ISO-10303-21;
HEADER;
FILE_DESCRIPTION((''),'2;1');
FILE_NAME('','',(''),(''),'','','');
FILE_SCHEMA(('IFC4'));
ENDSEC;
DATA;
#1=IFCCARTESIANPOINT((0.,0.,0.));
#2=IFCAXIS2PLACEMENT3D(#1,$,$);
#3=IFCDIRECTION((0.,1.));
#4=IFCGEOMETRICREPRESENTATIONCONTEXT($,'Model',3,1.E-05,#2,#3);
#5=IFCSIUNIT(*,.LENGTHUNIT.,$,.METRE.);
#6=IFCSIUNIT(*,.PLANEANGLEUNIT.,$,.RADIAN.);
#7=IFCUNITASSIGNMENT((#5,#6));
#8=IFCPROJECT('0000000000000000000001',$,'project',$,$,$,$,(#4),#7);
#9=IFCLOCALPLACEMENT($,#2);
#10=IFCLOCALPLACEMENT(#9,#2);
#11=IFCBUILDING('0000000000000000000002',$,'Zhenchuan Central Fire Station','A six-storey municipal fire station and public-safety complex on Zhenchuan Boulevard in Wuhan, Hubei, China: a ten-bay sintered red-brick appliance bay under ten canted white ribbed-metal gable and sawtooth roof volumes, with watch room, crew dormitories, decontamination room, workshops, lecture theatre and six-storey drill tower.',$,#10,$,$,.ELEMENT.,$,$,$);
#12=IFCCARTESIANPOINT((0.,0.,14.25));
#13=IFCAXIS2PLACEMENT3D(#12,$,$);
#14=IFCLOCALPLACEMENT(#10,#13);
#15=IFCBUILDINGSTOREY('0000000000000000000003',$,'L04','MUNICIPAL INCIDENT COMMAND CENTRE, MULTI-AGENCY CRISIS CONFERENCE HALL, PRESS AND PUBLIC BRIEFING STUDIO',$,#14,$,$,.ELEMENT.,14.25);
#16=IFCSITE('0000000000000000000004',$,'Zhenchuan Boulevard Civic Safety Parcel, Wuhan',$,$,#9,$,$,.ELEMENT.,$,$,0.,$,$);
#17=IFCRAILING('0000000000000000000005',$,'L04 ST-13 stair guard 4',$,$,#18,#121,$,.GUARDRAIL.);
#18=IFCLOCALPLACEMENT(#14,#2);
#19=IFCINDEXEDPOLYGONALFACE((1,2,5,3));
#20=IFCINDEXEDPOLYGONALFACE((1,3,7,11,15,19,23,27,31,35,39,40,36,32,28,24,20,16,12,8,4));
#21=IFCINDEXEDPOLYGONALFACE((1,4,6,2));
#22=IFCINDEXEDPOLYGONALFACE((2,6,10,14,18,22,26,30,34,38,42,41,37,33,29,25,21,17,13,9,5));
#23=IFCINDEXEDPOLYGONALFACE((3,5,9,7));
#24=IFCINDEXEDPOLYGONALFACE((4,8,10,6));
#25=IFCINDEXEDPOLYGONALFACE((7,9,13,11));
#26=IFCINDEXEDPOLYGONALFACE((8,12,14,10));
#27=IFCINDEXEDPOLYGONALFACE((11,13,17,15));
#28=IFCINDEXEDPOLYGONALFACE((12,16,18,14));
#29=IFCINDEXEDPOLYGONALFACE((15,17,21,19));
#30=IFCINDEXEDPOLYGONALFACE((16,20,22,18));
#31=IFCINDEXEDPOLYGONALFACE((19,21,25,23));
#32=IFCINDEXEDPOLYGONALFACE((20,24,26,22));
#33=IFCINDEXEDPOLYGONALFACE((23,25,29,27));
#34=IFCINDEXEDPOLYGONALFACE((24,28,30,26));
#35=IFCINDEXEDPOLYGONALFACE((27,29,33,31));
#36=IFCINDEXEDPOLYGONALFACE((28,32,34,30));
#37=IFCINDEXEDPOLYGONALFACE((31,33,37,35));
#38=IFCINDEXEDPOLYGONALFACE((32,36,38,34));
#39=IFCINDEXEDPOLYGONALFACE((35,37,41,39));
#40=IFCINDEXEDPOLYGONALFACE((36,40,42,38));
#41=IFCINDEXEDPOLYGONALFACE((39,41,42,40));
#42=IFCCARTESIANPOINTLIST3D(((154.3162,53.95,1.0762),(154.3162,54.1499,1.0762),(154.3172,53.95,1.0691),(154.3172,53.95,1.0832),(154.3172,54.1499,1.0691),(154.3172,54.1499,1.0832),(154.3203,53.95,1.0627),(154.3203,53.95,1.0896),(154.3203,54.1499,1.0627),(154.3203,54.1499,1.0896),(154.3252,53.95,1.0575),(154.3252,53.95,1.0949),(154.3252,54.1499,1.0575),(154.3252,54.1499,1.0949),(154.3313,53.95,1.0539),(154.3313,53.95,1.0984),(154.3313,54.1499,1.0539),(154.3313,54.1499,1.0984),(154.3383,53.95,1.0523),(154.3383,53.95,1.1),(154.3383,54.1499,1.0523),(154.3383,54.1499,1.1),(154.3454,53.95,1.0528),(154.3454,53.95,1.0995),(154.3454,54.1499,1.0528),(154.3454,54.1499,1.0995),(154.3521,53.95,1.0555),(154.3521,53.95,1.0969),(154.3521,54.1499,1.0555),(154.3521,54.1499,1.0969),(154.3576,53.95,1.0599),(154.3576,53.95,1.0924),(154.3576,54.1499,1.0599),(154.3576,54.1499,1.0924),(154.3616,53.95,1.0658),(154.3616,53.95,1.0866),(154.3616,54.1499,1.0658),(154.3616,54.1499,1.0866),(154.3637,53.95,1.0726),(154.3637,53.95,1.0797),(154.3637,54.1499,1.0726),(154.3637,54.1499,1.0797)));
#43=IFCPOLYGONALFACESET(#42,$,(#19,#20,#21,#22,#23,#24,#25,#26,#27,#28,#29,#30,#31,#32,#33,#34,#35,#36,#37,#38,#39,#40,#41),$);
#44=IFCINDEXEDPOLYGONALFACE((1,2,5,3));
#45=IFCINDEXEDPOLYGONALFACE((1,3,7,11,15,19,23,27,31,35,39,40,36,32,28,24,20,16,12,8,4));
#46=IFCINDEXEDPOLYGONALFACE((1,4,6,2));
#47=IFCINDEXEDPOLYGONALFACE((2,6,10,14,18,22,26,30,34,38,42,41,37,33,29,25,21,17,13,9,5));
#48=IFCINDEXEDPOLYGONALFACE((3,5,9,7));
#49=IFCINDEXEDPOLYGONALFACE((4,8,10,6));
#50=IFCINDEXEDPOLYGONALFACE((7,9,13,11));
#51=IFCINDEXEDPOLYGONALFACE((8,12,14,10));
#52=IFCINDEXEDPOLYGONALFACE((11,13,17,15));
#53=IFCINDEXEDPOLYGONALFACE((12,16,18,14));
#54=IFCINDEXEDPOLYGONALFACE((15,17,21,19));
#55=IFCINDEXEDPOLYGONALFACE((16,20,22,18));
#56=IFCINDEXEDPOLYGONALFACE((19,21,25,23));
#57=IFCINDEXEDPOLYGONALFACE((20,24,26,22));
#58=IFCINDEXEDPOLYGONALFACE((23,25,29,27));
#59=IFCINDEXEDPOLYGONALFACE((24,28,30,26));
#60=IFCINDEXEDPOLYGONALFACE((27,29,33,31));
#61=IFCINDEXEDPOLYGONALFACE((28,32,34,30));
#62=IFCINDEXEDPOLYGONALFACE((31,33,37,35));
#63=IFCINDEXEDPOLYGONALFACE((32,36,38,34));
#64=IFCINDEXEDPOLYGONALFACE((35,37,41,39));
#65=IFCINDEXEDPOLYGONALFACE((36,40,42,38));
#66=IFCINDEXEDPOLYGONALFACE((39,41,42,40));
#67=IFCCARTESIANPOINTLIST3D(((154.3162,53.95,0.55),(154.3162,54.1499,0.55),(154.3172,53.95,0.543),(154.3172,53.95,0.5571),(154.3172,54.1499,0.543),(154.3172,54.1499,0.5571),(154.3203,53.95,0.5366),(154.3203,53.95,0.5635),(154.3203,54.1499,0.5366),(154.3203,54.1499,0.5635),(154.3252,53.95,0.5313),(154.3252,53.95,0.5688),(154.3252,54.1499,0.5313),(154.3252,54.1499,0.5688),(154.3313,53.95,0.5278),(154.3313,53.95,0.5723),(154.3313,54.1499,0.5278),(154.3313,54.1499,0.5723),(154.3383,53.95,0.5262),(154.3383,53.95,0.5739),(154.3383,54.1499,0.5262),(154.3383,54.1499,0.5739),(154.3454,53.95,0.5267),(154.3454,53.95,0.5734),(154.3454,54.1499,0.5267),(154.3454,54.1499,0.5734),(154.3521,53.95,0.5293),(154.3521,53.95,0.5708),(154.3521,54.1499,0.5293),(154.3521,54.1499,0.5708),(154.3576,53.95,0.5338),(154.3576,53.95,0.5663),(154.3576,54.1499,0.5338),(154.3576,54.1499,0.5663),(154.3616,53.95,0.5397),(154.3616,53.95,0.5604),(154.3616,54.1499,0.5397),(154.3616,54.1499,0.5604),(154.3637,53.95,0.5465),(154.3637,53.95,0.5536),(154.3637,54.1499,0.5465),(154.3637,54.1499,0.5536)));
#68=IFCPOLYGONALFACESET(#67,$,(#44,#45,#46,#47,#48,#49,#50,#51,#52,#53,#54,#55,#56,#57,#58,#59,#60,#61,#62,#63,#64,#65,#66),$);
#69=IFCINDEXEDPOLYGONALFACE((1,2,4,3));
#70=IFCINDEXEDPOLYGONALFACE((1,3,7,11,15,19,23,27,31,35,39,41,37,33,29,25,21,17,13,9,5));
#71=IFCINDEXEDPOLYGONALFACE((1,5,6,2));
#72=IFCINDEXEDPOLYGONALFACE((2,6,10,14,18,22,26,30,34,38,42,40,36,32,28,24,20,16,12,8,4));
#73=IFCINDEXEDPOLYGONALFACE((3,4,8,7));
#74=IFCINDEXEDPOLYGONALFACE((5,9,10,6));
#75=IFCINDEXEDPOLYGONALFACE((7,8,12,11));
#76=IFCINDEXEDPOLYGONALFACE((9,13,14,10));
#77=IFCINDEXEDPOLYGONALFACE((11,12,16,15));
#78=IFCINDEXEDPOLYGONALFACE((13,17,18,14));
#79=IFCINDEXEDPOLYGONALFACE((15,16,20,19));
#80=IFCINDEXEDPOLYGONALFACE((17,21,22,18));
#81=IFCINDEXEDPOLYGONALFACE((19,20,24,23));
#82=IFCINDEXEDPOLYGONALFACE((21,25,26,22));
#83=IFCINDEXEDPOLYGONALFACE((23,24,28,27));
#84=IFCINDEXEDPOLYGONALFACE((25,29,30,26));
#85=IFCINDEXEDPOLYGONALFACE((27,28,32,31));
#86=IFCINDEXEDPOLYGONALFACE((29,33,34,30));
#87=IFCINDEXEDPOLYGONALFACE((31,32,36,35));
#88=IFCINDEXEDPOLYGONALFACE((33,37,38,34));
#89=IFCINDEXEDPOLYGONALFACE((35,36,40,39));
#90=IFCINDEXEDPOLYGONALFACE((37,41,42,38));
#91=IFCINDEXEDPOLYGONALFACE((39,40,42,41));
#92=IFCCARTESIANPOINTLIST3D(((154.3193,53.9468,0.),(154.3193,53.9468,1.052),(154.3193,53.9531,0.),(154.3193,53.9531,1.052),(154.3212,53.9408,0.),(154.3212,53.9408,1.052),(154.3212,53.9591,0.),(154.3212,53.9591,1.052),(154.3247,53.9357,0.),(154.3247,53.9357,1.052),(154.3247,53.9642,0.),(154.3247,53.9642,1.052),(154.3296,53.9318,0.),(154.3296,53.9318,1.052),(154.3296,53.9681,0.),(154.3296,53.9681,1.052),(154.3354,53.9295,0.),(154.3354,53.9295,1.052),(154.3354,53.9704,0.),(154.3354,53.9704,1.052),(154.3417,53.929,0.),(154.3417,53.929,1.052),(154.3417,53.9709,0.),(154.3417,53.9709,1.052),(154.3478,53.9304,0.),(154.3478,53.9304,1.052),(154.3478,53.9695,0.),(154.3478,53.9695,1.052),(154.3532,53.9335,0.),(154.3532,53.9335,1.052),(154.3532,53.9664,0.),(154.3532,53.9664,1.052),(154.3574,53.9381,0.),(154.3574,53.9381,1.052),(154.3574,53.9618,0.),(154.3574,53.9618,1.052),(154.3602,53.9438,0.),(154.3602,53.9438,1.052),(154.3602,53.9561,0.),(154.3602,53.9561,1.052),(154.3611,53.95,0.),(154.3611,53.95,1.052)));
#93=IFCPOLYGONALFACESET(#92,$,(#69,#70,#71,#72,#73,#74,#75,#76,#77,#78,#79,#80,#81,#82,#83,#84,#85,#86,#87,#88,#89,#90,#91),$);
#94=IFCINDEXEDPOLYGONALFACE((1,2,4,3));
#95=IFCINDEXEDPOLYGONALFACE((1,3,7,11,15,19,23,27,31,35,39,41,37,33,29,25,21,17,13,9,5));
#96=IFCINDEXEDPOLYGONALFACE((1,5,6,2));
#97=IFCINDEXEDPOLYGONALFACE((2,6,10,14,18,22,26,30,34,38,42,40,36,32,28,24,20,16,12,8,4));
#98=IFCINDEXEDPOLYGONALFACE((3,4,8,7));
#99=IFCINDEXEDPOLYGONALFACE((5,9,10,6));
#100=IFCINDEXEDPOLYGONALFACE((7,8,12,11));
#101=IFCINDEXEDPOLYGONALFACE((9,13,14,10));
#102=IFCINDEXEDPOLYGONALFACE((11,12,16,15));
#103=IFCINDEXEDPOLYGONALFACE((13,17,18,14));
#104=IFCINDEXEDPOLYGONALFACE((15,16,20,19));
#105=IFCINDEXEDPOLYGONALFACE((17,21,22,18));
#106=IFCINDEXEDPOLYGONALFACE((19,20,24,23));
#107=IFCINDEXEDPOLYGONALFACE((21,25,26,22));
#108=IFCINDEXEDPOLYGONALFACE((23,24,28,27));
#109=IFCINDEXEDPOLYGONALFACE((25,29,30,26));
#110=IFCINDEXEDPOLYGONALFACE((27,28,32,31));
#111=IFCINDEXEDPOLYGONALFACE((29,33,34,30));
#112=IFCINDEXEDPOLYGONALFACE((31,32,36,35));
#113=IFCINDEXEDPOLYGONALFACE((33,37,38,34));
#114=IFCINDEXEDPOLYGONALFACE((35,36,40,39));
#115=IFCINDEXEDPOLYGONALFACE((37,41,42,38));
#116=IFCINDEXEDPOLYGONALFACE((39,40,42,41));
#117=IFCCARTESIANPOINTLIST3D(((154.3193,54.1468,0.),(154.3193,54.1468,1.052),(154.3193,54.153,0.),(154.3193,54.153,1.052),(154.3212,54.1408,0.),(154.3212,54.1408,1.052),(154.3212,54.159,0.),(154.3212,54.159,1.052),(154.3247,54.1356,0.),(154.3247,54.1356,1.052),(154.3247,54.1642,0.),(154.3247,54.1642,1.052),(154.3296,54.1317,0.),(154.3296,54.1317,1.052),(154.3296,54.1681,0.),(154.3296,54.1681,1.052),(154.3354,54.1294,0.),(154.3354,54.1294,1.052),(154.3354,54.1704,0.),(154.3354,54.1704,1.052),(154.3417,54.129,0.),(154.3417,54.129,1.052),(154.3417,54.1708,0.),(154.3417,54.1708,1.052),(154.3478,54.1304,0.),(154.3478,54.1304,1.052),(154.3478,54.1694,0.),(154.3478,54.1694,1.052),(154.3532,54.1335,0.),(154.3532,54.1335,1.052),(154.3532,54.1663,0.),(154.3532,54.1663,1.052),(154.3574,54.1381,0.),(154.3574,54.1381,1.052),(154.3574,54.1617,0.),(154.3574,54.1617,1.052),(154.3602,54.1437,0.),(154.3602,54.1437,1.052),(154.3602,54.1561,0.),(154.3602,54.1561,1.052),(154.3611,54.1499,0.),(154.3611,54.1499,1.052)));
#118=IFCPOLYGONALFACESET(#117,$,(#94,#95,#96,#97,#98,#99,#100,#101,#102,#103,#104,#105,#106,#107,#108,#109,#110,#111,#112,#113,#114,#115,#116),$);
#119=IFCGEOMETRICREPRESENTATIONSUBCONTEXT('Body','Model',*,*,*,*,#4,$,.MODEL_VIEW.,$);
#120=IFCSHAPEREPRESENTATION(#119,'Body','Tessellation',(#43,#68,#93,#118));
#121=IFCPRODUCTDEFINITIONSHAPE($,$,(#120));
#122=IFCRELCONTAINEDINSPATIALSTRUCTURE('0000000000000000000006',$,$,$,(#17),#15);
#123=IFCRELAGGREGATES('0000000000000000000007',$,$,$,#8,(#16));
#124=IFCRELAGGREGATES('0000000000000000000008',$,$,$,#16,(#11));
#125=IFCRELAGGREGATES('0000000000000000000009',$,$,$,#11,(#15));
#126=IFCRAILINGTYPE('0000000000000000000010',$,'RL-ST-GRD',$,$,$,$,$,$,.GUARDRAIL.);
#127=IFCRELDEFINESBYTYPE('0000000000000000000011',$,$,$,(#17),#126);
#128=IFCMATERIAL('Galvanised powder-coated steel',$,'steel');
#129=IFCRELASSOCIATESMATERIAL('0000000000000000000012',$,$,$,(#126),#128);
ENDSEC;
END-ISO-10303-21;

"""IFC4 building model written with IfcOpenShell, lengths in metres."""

from ifc_helpers import new_model, si_unit, direction, frame, origin, origin_2d, place, context, subcontext, project, spatial, circle, extrude, material, type_object, element, save


model = new_model("IFC4")

# Units and contexts
model_context = context("Model", 3, precision=1e-05, world=origin(), true_north=direction((0.0, 1.0)))
body_context = subcontext(model_context, "Body", "Model", "MODEL_VIEW")
ifc_project = project(units=[si_unit("LENGTHUNIT", "METRE"), si_unit("PLANEANGLEUNIT", "RADIAN")], contexts=[model_context])

# Site, building, storey
site_placement = place(None, origin())
site = spatial("IfcSite", under=ifc_project, at=site_placement, Name="Zhenchuan Boulevard Civic Safety Parcel, Wuhan", CompositionType="ELEMENT", RefElevation=0.0)
building_placement = place(site_placement, origin())
building = spatial("IfcBuilding", under=site, at=building_placement, Name="Zhenchuan Central Fire Station", Description="A six-storey municipal fire station and public-safety complex on Zhenchuan Boulevard in Wuhan, Hubei, China: a ten-bay sintered red-brick appliance bay under ten canted white ribbed-metal gable and sawtooth roof volumes, with watch room, crew dormitories, decontamination room, workshops, lecture theatre and six-storey drill tower.", CompositionType="ELEMENT")
storey_placement = place(building_placement, frame((0.0, 0.0, 14.25)))
storey = spatial("IfcBuildingStorey", under=building, at=storey_placement, Name="L04", Description="MUNICIPAL INCIDENT COMMAND CENTRE, MULTI-AGENCY CRISIS CONFERENCE HALL, PRESS AND PUBLIC BRIEFING STUDIO", CompositionType="ELEMENT", Elevation=14.25)

# Railing
ifc_material_1 = material(Name="Galvanised powder-coated steel", Category="steel")
railing_type_1 = type_object("IfcRailingType", Name="RL-ST-GRD", PredefinedType="GUARDRAIL", material=ifc_material_1)
railing_1_placement = place(storey_placement, frame((154.3401, 53.95, 0.0)))
element("IfcRailing", 1, at=railing_1_placement, inside=storey, type_object=railing_type_1, Name="L04 ST-13 stair guard 4", PredefinedType="GUARDRAIL", context=body_context, shape_type="SweptSolid", body=[
    extrude(circle(Radius=0.0239, at=origin_2d()), frame((0.0, 0.0, 1.0762), z_axis=(0.0, 1.0, 0.0), x_axis=(-1.0, 0.0, 0.0)), (0.0, 0.0, 1.0), 0.2),
    extrude(circle(Radius=0.0239, at=origin_2d()), frame((0.0, 0.0, 0.55), z_axis=(0.0, 1.0, 0.0), x_axis=(-1.0, 0.0, 0.0)), (0.0, 0.0, 1.0), 0.2),
    extrude(circle(Radius=0.021, at=origin_2d()), origin(), (0.0, 0.0, 1.0), 1.052),
    extrude(circle(Radius=0.021, at=origin_2d()), frame((0.0, 0.2, 0.0)), (0.0, 0.0, 1.0), 1.052),
])

save(model, "model.ifc")
